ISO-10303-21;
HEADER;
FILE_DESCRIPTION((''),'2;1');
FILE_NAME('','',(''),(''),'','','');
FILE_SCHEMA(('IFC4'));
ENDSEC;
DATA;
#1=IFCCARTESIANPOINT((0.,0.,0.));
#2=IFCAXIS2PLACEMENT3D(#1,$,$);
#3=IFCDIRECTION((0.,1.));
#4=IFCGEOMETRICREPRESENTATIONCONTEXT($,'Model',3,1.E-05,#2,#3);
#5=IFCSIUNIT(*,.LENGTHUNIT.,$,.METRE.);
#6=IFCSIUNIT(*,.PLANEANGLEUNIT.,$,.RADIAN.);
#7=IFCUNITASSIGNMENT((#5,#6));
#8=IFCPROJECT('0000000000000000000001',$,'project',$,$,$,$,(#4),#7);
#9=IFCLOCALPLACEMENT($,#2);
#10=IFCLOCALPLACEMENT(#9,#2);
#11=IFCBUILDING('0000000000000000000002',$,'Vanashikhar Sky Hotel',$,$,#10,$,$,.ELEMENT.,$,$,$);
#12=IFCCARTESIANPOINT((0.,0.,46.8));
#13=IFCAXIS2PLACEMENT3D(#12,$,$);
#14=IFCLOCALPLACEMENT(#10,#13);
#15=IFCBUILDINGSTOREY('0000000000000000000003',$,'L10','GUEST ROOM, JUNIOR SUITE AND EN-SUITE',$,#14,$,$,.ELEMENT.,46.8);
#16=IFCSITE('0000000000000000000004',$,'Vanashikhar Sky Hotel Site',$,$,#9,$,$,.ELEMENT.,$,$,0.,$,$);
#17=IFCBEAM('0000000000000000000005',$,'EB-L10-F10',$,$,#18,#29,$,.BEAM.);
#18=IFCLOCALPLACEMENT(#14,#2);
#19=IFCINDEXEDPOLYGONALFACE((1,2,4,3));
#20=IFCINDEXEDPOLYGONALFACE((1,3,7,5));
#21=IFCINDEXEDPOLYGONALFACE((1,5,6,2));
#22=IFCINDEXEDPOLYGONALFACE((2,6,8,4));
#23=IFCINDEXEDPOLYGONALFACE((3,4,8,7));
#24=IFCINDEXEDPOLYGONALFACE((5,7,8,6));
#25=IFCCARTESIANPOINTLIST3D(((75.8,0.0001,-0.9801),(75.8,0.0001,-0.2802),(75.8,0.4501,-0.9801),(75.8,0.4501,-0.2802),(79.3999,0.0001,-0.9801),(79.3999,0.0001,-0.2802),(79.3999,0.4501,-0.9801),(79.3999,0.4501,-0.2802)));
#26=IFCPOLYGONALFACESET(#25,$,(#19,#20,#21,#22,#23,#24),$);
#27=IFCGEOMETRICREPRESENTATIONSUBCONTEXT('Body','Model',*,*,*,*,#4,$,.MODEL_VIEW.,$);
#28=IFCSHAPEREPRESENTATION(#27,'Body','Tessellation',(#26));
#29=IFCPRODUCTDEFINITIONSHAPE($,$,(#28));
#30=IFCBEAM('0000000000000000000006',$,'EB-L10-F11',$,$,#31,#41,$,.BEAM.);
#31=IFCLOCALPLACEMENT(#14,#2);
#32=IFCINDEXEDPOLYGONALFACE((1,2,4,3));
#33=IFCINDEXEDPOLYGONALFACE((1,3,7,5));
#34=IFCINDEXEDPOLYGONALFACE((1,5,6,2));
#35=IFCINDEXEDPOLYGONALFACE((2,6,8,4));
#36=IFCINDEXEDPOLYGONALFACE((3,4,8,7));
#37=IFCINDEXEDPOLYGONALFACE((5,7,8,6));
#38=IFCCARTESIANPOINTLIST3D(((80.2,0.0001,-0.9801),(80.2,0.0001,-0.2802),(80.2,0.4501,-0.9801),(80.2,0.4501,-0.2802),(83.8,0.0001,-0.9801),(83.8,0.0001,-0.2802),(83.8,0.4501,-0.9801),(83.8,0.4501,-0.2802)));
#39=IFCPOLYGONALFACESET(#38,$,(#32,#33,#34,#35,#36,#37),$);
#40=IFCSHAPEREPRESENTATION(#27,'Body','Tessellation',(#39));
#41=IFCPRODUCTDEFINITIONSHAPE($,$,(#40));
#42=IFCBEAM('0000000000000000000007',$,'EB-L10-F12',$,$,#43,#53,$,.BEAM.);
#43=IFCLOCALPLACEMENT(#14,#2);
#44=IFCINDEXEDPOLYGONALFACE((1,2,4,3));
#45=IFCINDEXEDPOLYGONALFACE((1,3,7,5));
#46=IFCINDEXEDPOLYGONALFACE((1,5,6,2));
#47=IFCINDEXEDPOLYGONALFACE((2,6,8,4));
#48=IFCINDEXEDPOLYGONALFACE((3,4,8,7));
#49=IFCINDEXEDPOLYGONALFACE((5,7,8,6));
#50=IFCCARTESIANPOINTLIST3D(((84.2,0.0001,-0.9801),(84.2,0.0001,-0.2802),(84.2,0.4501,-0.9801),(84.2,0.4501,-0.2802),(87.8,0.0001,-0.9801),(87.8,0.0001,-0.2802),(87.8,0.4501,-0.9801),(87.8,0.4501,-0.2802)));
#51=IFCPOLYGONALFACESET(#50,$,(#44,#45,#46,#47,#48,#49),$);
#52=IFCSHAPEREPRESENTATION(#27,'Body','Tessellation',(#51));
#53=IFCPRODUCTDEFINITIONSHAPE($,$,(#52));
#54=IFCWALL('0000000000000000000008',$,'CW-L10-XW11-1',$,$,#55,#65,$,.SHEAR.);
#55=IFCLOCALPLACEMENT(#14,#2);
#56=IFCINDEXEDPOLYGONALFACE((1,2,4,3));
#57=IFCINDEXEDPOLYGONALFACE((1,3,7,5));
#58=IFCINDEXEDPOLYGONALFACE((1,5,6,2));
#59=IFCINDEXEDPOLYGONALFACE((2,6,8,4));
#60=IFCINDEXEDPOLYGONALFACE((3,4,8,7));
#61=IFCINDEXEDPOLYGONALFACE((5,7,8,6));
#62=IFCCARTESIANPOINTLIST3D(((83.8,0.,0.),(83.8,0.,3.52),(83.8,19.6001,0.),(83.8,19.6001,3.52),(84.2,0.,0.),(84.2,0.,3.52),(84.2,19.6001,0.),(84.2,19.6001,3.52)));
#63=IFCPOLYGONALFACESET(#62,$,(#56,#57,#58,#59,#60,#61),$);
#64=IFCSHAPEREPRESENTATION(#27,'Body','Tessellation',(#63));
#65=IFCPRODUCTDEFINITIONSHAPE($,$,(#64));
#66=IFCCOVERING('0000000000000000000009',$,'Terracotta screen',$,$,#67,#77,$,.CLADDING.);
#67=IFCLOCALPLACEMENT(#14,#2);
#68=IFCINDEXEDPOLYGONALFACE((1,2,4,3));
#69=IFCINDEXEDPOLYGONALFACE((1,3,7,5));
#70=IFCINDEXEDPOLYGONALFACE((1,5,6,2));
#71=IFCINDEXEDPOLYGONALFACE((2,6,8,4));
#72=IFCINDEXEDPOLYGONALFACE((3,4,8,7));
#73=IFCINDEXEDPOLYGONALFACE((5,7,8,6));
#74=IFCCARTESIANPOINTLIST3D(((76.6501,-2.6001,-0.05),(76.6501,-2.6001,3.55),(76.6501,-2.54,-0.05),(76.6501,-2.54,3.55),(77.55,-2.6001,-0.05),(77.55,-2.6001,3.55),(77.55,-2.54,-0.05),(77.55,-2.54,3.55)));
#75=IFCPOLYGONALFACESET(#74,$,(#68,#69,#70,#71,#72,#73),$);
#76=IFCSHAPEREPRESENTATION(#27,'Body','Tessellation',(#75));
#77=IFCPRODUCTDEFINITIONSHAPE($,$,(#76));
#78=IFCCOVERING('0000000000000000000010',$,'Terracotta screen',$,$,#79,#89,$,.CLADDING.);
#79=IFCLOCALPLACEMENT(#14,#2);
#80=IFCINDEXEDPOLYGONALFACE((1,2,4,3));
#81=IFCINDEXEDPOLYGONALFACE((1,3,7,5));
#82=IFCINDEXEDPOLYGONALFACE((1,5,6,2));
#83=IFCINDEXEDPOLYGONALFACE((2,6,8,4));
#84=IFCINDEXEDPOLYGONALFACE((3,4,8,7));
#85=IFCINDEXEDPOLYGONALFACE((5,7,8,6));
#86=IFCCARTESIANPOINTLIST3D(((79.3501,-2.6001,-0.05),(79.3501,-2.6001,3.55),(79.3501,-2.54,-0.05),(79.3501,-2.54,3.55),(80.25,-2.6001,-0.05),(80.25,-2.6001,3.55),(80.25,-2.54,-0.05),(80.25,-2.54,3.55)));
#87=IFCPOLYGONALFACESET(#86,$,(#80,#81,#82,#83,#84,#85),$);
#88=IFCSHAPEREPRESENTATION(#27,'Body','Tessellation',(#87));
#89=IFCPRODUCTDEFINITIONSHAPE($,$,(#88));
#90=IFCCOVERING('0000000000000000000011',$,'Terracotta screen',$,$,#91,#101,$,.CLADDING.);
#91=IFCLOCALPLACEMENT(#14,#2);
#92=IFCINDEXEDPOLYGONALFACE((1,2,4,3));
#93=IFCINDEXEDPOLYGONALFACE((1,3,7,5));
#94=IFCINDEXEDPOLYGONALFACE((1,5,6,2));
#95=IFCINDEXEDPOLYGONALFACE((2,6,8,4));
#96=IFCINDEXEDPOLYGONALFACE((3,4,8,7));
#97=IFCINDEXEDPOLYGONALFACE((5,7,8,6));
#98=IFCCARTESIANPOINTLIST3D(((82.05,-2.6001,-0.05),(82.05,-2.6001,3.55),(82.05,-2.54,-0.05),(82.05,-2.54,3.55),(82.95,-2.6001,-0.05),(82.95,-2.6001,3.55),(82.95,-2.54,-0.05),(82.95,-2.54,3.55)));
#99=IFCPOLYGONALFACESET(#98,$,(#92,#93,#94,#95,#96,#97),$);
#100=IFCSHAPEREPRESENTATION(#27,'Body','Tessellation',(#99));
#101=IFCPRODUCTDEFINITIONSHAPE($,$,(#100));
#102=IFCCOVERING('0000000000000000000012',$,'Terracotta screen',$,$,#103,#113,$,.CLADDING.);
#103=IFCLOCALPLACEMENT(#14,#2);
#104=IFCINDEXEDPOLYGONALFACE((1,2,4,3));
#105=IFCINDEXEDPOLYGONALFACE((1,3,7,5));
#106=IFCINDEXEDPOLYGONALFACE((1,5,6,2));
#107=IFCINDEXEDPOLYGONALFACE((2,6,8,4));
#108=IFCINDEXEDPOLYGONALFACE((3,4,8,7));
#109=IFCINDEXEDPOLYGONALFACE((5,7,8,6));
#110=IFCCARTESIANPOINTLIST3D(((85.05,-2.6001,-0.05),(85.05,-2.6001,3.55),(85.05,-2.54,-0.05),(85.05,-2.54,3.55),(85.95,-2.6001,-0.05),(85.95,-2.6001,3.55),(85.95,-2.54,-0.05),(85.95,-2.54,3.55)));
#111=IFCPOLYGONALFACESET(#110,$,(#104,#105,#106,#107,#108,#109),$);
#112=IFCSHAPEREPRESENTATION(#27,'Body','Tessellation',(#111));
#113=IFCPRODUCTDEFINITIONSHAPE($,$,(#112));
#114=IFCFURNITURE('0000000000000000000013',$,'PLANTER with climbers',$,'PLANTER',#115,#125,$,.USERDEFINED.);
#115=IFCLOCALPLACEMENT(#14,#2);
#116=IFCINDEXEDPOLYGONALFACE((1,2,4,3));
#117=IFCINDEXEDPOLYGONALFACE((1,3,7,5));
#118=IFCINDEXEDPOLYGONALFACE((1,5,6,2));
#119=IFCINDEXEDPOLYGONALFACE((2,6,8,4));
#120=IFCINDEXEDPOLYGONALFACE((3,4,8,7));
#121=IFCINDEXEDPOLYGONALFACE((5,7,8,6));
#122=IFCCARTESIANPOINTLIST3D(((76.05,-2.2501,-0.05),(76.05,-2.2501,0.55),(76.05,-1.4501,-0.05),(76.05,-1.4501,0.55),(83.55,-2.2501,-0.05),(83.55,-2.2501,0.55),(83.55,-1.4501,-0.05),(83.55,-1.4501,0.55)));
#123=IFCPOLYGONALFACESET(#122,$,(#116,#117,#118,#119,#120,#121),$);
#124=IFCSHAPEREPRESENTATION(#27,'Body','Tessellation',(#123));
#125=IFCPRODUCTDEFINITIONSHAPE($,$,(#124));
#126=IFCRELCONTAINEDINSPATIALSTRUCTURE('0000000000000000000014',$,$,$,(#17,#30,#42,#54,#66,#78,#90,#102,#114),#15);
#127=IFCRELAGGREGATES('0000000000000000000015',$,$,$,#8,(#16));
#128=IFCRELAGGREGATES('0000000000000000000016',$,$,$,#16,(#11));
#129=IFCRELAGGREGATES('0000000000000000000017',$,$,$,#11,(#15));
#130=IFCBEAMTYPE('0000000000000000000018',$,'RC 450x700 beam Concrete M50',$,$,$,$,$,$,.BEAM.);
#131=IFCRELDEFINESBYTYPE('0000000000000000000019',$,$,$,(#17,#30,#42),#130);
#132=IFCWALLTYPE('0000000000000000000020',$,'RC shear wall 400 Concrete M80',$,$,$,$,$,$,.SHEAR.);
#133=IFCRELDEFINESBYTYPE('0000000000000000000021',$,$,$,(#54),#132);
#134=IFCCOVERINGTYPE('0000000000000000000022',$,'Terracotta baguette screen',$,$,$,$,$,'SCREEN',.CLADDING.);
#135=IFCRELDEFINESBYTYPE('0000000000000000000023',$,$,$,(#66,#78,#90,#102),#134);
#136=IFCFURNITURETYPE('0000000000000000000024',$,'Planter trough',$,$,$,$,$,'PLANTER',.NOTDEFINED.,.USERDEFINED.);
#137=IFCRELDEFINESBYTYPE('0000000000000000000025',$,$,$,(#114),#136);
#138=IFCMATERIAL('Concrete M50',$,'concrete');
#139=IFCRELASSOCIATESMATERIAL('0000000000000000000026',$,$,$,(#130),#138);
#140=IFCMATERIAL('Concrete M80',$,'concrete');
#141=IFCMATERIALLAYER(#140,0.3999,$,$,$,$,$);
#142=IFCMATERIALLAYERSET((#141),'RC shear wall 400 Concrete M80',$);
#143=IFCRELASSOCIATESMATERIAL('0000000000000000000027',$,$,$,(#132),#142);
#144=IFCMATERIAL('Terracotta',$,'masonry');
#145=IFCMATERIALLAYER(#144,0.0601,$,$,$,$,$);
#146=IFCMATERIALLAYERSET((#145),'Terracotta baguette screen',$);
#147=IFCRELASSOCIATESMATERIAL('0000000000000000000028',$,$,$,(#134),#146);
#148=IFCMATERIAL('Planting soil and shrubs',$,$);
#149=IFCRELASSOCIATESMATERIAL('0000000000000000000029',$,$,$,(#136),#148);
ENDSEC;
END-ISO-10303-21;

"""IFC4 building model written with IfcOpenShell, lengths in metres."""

from ifc_helpers import new_model, si_unit, direction, frame, frame_2d, origin, origin_2d, place, context, subcontext, project, spatial, rectangle, extrude, source, transform, mapped, material, layer, layer_set, material_profile, profile_set, type_object, element, save


model = new_model("IFC4")

# Units and contexts
model_context = context("Model", 3, precision=1e-05, world=origin(), true_north=direction((0.0, 1.0)))
body_context = subcontext(model_context, "Body", "Model", "MODEL_VIEW")
ifc_project = project(units=[si_unit("LENGTHUNIT", "METRE"), si_unit("PLANEANGLEUNIT", "RADIAN")], contexts=[model_context])

# Site, building, storey
site_placement = place(None, origin())
site = spatial("IfcSite", under=ifc_project, at=site_placement, Name="Vanashikhar Sky Hotel Site", CompositionType="ELEMENT", RefElevation=0.0)
building_placement = place(site_placement, origin())
building = spatial("IfcBuilding", under=site, at=building_placement, Name="Vanashikhar Sky Hotel", CompositionType="ELEMENT")
storey_placement = place(building_placement, frame((0.0, 0.0, 46.8)))
storey = spatial("IfcBuildingStorey", under=building, at=storey_placement, Name="L10", Description="GUEST ROOM, JUNIOR SUITE AND EN-SUITE", CompositionType="ELEMENT", Elevation=46.8)

# Beams
ifc_material_1 = material(Name="Concrete M50", Category="concrete")
ifc_material_profile = material_profile(ifc_material_1, rectangle(XDim=0.45, YDim=0.7, at=origin_2d()))
ifc_profile_set = profile_set([ifc_material_profile], Name="RC 450x700 beam Concrete M50")
beam_type = type_object("IfcBeamType", Name="RC 450x700 beam Concrete M50", PredefinedType="BEAM", material=ifc_profile_set)
shared_shape_1 = source(origin(), body_context, "Body", "SweptSolid", [
    extrude(rectangle(XDim=0.45, YDim=0.7, at=origin_2d()), origin(), (0.0, 0.0, 1.0), 3.5999),
])
beam_placement = place(storey_placement, frame((75.8, 0.2251, -0.6301), z_axis=(1.0, 0.0, 0.0), x_axis=(0.0, 1.0, 0.0)))
element("IfcBeam", 1, at=beam_placement, inside=storey, type_object=beam_type, Name="EB-L10-F10", PredefinedType="BEAM", context=body_context, shape_type="MappedRepresentation", body=[
    mapped(shared_shape_1, transform((0.0, 0.0, 0.0), scale=1.0)),
])
shared_shape_2 = source(origin(), body_context, "Body", "SweptSolid", [
    extrude(rectangle(XDim=0.45, YDim=0.7, at=origin_2d()), origin(), (0.0, 0.0, 1.0), 3.6001),
])
for number, where, z_axis, x_axis, name in (
    (2, (80.2, 0.2251, -0.6301), (1.0, 0.0, 0.0), (0.0, 1.0, 0.0), "EB-L10-F11"),
    (3, (84.2, 0.2251, -0.6301), (1.0, 0.0, 0.0), (0.0, 1.0, 0.0), "EB-L10-F12"),
):
    element("IfcBeam", number, at=place(storey_placement, frame(where, z_axis=z_axis, x_axis=x_axis)), inside=storey, type_object=beam_type, Name=name, PredefinedType="BEAM", context=body_context, shape_type="MappedRepresentation", body=[
        mapped(shared_shape_2, transform((0.0, 0.0, 0.0), scale=1.0)),
    ])

# Wall
ifc_material_2 = material(Name="Concrete M80", Category="concrete")
ifc_layer_1 = layer(ifc_material_2, 0.3999)
ifc_layer_set_1 = layer_set([ifc_layer_1], Name="RC shear wall 400 Concrete M80")
wall_type_1 = type_object("IfcWallType", Name="RC shear wall 400 Concrete M80", PredefinedType="SHEAR", material=ifc_layer_set_1)
shared_shape_3 = source(origin(), body_context, "Body", "SweptSolid", [
    extrude(rectangle(XDim=19.6001, YDim=0.3999, at=frame_2d((9.8, 0.0))), origin(), (0.0, 0.0, 1.0), 3.52),
])
wall_1_placement = place(storey_placement, frame((84.0, 0.0, 0.0), z_axis=(0.0, 0.0, 1.0), x_axis=(0.0, 1.0, 0.0)))
element("IfcWall", 4, at=wall_1_placement, inside=storey, type_object=wall_type_1, Name="CW-L10-XW11-1", PredefinedType="SHEAR", context=body_context, shape_type="MappedRepresentation", body=[
    mapped(shared_shape_3, transform((0.0, 0.0, 0.0), scale=1.0)),
])

# Coverings
ifc_material_3 = material(Name="Terracotta", Category="masonry")
ifc_layer_2 = layer(ifc_material_3, 0.0601)
ifc_layer_set_2 = layer_set([ifc_layer_2], Name="Terracotta baguette screen")
covering_type = type_object("IfcCoveringType", Name="Terracotta baguette screen", ElementType="SCREEN", PredefinedType="CLADDING", material=ifc_layer_set_2)
shared_shape_4 = source(origin(), body_context, "Body", "SweptSolid", [
    extrude(rectangle(XDim=0.8999, YDim=0.0601, at=origin_2d()), origin(), (0.0, 0.0, 1.0), 3.6001),
])
for number, where, z_axis, x_axis, name in (
    (5, (77.1001, -2.5701, -0.05), (0.0, 0.0, 1.0), (1.0, 0.0, 0.0), "Terracotta screen"),
    (6, (79.8, -2.5701, -0.05), (0.0, 0.0, 1.0), (1.0, 0.0, 0.0), "Terracotta screen"),
    (7, (82.5, -2.5701, -0.05), (0.0, 0.0, 1.0), (1.0, 0.0, 0.0), "Terracotta screen"),
    (8, (85.5, -2.5701, -0.05), (0.0, 0.0, 1.0), (1.0, 0.0, 0.0), "Terracotta screen"),
):
    element("IfcCovering", number, at=place(storey_placement, frame(where, z_axis=z_axis, x_axis=x_axis)), inside=storey, type_object=covering_type, Name=name, PredefinedType="CLADDING", context=body_context, shape_type="MappedRepresentation", body=[
        mapped(shared_shape_4, transform((0.0, 0.0, 0.0), scale=1.0)),
    ])

# Furniture
ifc_material_4 = material(Name="Planting soil and shrubs")
furniture_type = type_object("IfcFurnitureType", Name="Planter trough", ElementType="PLANTER", AssemblyPlace="NOTDEFINED", PredefinedType="USERDEFINED", material=ifc_material_4)
shared_shape_5 = source(origin(), body_context, "Body", "SweptSolid", [
    extrude(rectangle(XDim=7.5, YDim=0.8, at=origin_2d()), origin(), (0.0, 0.0, 1.0), 0.6001),
])
furniture_placement = place(storey_placement, frame((79.8, -1.8501, -0.05), z_axis=(0.0, 0.0, 1.0), x_axis=(1.0, 0.0, 0.0)))
element("IfcFurniture", 9, at=furniture_placement, inside=storey, type_object=furniture_type, Name="PLANTER with climbers", ObjectType="PLANTER", PredefinedType="USERDEFINED", context=body_context, shape_type="MappedRepresentation", body=[
    mapped(shared_shape_5, transform((0.0, 0.0, 0.0), scale=1.0)),
])

save(model, "model.ifc")
